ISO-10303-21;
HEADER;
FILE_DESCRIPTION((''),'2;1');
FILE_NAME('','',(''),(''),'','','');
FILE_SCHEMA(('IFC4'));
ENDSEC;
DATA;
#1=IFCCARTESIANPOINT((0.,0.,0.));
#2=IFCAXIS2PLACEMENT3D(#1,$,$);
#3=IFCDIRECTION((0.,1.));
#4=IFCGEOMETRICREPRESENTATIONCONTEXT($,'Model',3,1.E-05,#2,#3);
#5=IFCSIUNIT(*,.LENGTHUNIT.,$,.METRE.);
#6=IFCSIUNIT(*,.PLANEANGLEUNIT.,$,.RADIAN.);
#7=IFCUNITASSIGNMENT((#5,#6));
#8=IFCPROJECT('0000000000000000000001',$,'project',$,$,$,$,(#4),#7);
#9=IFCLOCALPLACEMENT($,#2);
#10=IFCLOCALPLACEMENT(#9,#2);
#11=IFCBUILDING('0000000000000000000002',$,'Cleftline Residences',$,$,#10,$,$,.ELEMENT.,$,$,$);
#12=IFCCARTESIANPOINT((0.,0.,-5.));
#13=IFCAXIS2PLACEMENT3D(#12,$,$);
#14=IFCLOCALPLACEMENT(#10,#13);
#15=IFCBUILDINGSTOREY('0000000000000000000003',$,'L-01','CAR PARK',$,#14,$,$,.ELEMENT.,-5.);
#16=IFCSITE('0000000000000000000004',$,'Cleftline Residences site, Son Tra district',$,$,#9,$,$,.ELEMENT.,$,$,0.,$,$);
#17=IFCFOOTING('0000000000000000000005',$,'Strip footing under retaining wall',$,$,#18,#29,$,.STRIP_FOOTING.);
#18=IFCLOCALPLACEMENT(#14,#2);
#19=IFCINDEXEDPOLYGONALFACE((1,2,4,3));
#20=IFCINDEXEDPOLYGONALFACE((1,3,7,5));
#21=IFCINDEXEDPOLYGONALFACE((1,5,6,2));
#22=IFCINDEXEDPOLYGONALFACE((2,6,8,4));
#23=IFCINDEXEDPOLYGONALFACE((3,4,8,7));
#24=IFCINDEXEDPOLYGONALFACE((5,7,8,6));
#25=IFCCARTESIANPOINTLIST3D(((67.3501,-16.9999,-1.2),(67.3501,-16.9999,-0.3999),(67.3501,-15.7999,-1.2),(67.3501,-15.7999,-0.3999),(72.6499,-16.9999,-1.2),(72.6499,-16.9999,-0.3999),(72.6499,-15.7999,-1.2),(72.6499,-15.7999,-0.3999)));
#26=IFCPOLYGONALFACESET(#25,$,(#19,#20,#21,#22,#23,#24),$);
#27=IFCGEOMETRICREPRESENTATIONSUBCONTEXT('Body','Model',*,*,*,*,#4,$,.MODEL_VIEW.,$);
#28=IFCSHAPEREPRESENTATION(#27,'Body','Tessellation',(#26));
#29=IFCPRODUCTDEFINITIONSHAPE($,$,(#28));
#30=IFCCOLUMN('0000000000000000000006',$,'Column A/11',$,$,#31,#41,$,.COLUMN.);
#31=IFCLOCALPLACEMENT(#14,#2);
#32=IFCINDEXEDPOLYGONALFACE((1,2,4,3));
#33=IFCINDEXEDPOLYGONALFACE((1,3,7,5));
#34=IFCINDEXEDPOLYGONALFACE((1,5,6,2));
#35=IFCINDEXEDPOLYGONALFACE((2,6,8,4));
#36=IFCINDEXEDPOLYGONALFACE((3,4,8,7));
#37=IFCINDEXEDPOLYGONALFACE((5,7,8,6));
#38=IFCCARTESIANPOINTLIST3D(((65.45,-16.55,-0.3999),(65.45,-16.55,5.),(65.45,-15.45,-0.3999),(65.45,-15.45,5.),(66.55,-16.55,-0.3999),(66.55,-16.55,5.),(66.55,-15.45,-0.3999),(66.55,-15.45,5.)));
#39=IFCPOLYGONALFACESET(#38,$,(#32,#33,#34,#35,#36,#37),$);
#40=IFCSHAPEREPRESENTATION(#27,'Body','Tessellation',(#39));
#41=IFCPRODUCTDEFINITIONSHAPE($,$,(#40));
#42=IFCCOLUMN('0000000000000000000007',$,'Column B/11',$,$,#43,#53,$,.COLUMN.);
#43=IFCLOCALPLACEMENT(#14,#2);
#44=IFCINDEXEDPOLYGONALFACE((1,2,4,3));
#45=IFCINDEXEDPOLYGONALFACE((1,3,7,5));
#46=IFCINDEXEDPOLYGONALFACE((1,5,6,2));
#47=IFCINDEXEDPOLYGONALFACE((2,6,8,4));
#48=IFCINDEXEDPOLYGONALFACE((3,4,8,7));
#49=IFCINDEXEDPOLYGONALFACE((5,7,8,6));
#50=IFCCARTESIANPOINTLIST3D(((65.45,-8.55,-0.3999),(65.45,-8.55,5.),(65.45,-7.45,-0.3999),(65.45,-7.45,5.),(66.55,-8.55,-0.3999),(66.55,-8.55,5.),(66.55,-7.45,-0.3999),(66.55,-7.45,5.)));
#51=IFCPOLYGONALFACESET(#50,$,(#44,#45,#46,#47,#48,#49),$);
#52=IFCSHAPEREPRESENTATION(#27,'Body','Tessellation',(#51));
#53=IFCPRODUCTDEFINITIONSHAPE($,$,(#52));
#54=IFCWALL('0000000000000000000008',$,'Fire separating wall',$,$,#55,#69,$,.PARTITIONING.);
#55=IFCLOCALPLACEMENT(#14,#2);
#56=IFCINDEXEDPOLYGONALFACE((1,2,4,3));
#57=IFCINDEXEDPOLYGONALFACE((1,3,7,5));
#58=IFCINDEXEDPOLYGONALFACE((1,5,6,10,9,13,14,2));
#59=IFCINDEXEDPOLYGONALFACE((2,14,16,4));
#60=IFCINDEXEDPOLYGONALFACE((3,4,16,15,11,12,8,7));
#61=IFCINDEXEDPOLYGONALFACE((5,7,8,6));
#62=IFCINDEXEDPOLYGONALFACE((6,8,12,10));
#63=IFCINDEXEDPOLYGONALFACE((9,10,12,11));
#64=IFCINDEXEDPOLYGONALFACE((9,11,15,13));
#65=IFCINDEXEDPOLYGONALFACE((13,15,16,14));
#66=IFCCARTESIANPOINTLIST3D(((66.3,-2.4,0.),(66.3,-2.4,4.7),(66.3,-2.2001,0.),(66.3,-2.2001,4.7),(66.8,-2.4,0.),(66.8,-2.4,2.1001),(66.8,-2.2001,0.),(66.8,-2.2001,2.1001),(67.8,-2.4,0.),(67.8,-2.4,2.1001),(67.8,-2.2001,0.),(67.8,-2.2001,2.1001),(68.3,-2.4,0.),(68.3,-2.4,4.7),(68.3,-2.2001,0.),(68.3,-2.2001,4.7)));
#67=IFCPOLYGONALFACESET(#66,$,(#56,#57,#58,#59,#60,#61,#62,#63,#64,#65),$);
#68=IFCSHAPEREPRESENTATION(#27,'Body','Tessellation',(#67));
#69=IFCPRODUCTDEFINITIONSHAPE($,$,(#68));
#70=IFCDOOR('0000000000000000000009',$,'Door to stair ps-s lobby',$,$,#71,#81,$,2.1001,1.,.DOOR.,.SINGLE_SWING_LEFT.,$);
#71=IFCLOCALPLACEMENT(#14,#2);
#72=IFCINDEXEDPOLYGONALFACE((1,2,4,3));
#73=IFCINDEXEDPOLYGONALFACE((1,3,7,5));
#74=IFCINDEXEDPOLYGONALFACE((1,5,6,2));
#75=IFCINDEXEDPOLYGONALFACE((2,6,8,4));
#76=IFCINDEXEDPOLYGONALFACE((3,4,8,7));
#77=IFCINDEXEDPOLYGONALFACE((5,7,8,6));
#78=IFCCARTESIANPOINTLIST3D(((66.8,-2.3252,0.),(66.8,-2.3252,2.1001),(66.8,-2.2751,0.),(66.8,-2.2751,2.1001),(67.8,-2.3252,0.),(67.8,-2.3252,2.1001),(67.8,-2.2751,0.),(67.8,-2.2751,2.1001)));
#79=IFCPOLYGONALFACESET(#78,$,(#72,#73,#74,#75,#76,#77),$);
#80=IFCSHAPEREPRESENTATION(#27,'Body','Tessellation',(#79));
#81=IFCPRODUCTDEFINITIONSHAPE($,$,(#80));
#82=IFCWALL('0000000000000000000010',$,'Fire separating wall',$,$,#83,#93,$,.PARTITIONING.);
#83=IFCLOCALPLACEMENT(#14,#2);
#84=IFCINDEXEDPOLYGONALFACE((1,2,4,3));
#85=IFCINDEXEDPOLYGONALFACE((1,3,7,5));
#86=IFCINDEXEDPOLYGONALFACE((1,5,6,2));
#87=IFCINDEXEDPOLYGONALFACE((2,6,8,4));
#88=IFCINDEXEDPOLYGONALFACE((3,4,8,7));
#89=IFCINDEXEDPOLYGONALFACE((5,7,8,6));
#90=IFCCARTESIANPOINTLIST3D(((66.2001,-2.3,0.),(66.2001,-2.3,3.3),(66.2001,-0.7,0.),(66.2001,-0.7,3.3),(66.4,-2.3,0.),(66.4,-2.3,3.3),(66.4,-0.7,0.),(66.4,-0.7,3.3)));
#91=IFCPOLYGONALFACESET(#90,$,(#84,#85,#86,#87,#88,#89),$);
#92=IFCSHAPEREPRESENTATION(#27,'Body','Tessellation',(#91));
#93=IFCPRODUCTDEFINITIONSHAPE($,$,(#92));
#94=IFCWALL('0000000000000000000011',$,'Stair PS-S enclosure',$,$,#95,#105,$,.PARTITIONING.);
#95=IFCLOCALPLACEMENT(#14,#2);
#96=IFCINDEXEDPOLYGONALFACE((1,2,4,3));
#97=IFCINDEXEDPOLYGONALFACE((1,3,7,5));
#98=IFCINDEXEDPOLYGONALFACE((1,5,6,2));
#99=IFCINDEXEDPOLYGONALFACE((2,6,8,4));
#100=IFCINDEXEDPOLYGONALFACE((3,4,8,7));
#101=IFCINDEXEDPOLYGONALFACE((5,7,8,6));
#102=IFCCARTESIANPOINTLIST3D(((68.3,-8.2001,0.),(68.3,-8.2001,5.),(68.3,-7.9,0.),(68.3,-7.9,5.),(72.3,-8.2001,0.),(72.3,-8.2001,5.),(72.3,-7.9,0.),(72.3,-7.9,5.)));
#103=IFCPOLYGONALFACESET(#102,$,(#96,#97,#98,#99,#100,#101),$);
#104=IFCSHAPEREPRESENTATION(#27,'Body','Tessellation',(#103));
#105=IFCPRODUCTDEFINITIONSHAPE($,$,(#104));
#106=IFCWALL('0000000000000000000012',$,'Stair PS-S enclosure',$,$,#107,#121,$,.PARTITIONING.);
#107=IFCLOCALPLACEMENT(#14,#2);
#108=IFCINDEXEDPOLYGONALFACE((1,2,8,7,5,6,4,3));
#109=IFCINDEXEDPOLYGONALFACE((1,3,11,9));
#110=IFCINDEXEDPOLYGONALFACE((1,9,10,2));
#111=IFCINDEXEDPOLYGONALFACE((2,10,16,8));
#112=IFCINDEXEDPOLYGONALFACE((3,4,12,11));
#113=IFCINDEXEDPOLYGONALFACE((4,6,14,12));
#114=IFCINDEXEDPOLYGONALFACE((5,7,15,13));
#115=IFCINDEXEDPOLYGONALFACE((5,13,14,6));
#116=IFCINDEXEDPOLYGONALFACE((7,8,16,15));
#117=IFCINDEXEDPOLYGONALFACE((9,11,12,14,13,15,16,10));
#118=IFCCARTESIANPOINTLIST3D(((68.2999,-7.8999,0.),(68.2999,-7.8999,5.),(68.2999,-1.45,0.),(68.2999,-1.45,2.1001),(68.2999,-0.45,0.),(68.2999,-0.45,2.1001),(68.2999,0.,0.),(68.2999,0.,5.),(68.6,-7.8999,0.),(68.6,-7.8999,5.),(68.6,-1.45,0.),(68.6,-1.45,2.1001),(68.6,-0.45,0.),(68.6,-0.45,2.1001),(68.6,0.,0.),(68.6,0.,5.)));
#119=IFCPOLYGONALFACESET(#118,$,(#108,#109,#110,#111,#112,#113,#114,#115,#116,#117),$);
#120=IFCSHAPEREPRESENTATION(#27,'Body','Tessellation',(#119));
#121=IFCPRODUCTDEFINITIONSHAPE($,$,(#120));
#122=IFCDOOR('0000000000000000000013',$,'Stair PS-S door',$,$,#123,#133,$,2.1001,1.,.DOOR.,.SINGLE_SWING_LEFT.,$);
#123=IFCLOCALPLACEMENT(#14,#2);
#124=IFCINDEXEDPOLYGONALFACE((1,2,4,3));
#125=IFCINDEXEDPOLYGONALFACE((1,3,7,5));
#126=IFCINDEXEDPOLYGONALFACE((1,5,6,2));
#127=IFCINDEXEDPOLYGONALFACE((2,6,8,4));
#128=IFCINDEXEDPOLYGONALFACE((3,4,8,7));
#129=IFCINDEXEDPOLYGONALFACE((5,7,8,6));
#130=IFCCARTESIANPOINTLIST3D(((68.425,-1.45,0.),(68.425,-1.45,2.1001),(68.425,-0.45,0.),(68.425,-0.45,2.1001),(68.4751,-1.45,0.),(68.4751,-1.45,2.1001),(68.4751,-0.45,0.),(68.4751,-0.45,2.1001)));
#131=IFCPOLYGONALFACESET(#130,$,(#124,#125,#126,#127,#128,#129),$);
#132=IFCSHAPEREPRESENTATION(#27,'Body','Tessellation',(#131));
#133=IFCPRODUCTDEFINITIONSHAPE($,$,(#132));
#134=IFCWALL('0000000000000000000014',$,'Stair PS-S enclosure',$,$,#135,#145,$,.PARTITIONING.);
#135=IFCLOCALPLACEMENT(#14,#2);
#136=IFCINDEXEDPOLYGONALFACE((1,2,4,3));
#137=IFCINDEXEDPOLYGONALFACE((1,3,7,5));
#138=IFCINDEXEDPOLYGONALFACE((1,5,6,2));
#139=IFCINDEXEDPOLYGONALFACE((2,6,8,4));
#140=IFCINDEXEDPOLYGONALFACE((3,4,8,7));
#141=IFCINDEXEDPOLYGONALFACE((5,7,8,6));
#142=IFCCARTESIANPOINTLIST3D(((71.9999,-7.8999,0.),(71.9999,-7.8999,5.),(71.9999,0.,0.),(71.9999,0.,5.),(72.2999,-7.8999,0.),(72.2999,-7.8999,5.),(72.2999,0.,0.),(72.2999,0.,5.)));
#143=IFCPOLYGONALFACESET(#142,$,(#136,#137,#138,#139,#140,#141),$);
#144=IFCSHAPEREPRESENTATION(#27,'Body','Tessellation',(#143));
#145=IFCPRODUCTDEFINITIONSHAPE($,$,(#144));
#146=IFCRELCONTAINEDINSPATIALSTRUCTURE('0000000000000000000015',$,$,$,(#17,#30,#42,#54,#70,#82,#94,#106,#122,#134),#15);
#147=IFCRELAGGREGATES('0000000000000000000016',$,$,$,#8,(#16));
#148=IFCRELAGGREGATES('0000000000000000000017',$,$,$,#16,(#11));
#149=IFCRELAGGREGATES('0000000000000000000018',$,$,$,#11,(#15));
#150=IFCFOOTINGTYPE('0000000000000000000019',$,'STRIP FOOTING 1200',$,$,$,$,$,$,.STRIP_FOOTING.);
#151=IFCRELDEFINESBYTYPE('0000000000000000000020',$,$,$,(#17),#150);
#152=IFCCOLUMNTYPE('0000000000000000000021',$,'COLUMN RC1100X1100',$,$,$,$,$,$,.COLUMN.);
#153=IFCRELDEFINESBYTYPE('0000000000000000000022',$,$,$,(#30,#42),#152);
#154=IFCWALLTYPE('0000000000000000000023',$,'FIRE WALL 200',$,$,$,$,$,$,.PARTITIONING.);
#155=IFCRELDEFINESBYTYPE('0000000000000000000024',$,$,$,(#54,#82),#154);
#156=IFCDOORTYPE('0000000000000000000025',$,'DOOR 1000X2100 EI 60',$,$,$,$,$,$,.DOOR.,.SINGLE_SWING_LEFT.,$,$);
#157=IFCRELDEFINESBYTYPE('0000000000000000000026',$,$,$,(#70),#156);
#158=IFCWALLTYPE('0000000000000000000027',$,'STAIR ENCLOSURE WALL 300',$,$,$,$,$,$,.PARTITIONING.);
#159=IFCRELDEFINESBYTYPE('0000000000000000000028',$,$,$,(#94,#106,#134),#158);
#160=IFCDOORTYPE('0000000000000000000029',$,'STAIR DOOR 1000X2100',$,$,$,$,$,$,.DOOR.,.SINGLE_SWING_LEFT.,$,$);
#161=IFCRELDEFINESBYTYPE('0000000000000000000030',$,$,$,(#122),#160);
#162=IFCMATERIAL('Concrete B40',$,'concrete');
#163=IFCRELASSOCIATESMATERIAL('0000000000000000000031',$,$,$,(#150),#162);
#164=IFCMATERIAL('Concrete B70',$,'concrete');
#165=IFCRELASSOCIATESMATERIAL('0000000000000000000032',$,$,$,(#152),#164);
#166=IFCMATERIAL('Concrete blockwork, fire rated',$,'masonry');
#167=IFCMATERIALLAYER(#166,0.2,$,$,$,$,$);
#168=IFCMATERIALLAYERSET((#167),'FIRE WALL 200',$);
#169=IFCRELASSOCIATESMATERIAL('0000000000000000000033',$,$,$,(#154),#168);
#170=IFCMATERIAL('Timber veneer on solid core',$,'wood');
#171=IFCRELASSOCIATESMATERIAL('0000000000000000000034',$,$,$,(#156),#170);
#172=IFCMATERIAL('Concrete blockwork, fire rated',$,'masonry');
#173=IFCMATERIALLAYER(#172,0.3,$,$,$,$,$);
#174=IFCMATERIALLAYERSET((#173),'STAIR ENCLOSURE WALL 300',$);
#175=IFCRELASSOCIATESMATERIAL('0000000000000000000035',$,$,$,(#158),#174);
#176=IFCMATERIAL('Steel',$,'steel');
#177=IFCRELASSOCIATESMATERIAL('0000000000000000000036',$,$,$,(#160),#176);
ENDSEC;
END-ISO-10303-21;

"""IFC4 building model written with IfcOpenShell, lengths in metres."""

from ifc_helpers import new_model, si_unit, direction, frame, frame_2d, origin, origin_2d, place, context, subcontext, project, spatial, rectangle, extrude, material, layer, layer_set, material_profile, profile_set, type_object, element, fill, save


model = new_model("IFC4")

# Units and contexts
model_context = context("Model", 3, precision=1e-05, world=origin(), true_north=direction((0.0, 1.0)))
body_context = subcontext(model_context, "Body", "Model", "MODEL_VIEW")
ifc_project = project(units=[si_unit("LENGTHUNIT", "METRE"), si_unit("PLANEANGLEUNIT", "RADIAN")], contexts=[model_context])

# Site, building, storey
site_placement = place(None, origin())
site = spatial("IfcSite", under=ifc_project, at=site_placement, Name="Cleftline Residences site, Son Tra district", CompositionType="ELEMENT", RefElevation=0.0)
building_placement = place(site_placement, origin())
building = spatial("IfcBuilding", under=site, at=building_placement, Name="Cleftline Residences", CompositionType="ELEMENT")
storey_placement = place(building_placement, frame((0.0, 0.0, -5.0)))
storey = spatial("IfcBuildingStorey", under=building, at=storey_placement, Name="L-01", Description="CAR PARK", CompositionType="ELEMENT", Elevation=-5.0)

# Footing
ifc_material_1 = material(Name="Concrete B40", Category="concrete")
footing_type_1 = type_object("IfcFootingType", Name="STRIP FOOTING 1200", PredefinedType="STRIP_FOOTING", material=ifc_material_1)
for number, where, z_axis, x_axis, name in (
    (1, (67.3501, -16.3999, -1.2), (0.0, 0.0, 1.0), (1.0, 0.0, 0.0), "Strip footing under retaining wall"),
):
    element("IfcFooting", number, at=place(storey_placement, frame(where, z_axis=z_axis, x_axis=x_axis)), inside=storey, type_object=footing_type_1, Name=name, PredefinedType="STRIP_FOOTING", context=body_context, shape_type="SweptSolid", body=[
        extrude(rectangle(XDim=5.2998, YDim=1.2, at=frame_2d((2.6499, 0.0))), origin(), (0.0, 0.0, 1.0), 0.8),
    ])

# Columns
ifc_material_2 = material(Name="Concrete B70", Category="concrete")
ifc_material_profile_1 = material_profile(ifc_material_2, rectangle(XDim=1.1001, YDim=1.1001, at=origin_2d()))
ifc_profile_set_1 = profile_set([ifc_material_profile_1], Name="Concrete B70")
column_type = type_object("IfcColumnType", Name="COLUMN RC1100X1100", PredefinedType="COLUMN", material=ifc_profile_set_1)
for number, where, z_axis, x_axis, name in (
    (2, (66.0, -16.0, -0.3999), (0.0, 0.0, 1.0), (1.0, 0.0, 0.0), "Column A/11"),
    (3, (66.0, -8.0, -0.3999), (0.0, 0.0, 1.0), (1.0, 0.0, 0.0), "Column B/11"),
):
    element("IfcColumn", number, at=place(storey_placement, frame(where, z_axis=z_axis, x_axis=x_axis)), inside=storey, type_object=column_type, Name=name, PredefinedType="COLUMN", context=body_context, shape_type="SweptSolid", body=[
        extrude(rectangle(XDim=1.1001, YDim=1.1001, at=origin_2d()), origin(), (0.0, 0.0, 1.0), 5.3999),
    ])

# Wall, opening, door
ifc_material_3 = material(Name="Concrete blockwork, fire rated", Category="masonry")
ifc_layer_1 = layer(ifc_material_3, 0.2)
ifc_layer_set_1 = layer_set([ifc_layer_1], Name="FIRE WALL 200")
wall_type_1 = type_object("IfcWallType", Name="FIRE WALL 200", PredefinedType="PARTITIONING", material=ifc_layer_set_1)
wall_1_placement = place(storey_placement, frame((66.3, -2.3, 0.0), z_axis=(0.0, 0.0, 1.0), x_axis=(1.0, 0.0, 0.0)))
wall_1 = element("IfcWall", 4, at=wall_1_placement, inside=storey, type_object=wall_type_1, Name="Fire separating wall", PredefinedType="PARTITIONING", context=body_context, shape_type="SweptSolid", body=[
    extrude(rectangle(XDim=2.0, YDim=0.2, at=frame_2d((1.0, 0.0))), origin(), (0.0, 0.0, 1.0), 4.7),
])
opening_1_placement = place(wall_1_placement, frame((0.5, 0.0, 0.0)))
opening_1 = element("IfcOpeningElement", 5, at=opening_1_placement, cuts=wall_1, PredefinedType="OPENING", context=body_context, shape_type="SweptSolid", body=[
    extrude(rectangle(XDim=1.0, YDim=2.1001, at=frame_2d((0.5, 1.05))), frame((0.0, 0.1099, 0.0), z_axis=(0.0, -1.0, 0.0), x_axis=(1.0, 0.0, 0.0)), (0.0, 0.0, 1.0), 0.22),
])
ifc_material_4 = material(Name="Timber veneer on solid core", Category="wood")
door_type_1 = type_object("IfcDoorType", Name="DOOR 1000X2100 EI 60", OperationType="SINGLE_SWING_LEFT", PredefinedType="DOOR", material=ifc_material_4)
door_1_placement = place(opening_1_placement, origin())
door_1 = element("IfcDoor", 6, at=door_1_placement, inside=storey, type_object=door_type_1, Name="Door to stair ps-s lobby", OperationType="SINGLE_SWING_LEFT", OverallHeight=2.1001, OverallWidth=1.0, PredefinedType="DOOR", context=body_context, shape_type="SweptSolid", body=[
    extrude(rectangle(XDim=1.0, YDim=2.1001, at=frame_2d((0.5, 1.05))), frame((0.0, 0.0249, 0.0), z_axis=(0.0, -1.0, 0.0), x_axis=(1.0, 0.0, 0.0)), (0.0, 0.0, 1.0), 0.05),
])
fill(opening_1, door_1)

# Walls
wall_2_placement = place(storey_placement, frame((66.3, -2.3, 0.0), z_axis=(0.0, 0.0, 1.0), x_axis=(0.0, 1.0, 0.0)))
element("IfcWall", 7, at=wall_2_placement, inside=storey, type_object=wall_type_1, Name="Fire separating wall", PredefinedType="PARTITIONING", context=body_context, shape_type="SweptSolid", body=[
    extrude(rectangle(XDim=1.6001, YDim=0.2, at=frame_2d((0.8, 0.0))), origin(), (0.0, 0.0, 1.0), 3.3),
])
ifc_material_5 = material(Name="Concrete blockwork, fire rated", Category="masonry")
ifc_layer_2 = layer(ifc_material_5, 0.3)
ifc_layer_set_2 = layer_set([ifc_layer_2], Name="STAIR ENCLOSURE WALL 300")
wall_type_2 = type_object("IfcWallType", Name="STAIR ENCLOSURE WALL 300", PredefinedType="PARTITIONING", material=ifc_layer_set_2)
wall_3_placement = place(storey_placement, frame((68.3, -8.05, 0.0), z_axis=(0.0, 0.0, 1.0), x_axis=(1.0, 0.0, 0.0)))
element("IfcWall", 8, at=wall_3_placement, inside=storey, type_object=wall_type_2, Name="Stair PS-S enclosure", PredefinedType="PARTITIONING", context=body_context, shape_type="SweptSolid", body=[
    extrude(rectangle(XDim=4.0, YDim=0.3, at=frame_2d((2.0, 0.0))), origin(), (0.0, 0.0, 1.0), 5.0),
])

# Wall, opening, door
wall_4_placement = place(storey_placement, frame((68.45, -7.8999, 0.0), z_axis=(0.0, 0.0, 1.0), x_axis=(0.0, 1.0, 0.0)))
wall_4 = element("IfcWall", 9, at=wall_4_placement, inside=storey, type_object=wall_type_2, Name="Stair PS-S enclosure", PredefinedType="PARTITIONING", context=body_context, shape_type="SweptSolid", body=[
    extrude(rectangle(XDim=7.8999, YDim=0.3, at=frame_2d((3.95, 0.0))), origin(), (0.0, 0.0, 1.0), 5.0),
])
opening_2_placement = place(wall_4_placement, frame((6.45, 0.0, 0.0)))
opening_2 = element("IfcOpeningElement", 10, at=opening_2_placement, cuts=wall_4, PredefinedType="OPENING", context=body_context, shape_type="SweptSolid", body=[
    extrude(rectangle(XDim=1.0, YDim=2.1001, at=frame_2d((0.5, 1.05))), frame((0.0, 0.1599, 0.0), z_axis=(0.0, -1.0, 0.0), x_axis=(1.0, 0.0, 0.0)), (0.0, 0.0, 1.0), 0.3201),
])
ifc_material_6 = material(Name="Steel", Category="steel")
door_type_2 = type_object("IfcDoorType", Name="STAIR DOOR 1000X2100", OperationType="SINGLE_SWING_LEFT", PredefinedType="DOOR", material=ifc_material_6)
door_2_placement = place(opening_2_placement, origin())
door_2 = element("IfcDoor", 11, at=door_2_placement, inside=storey, type_object=door_type_2, Name="Stair PS-S door", OperationType="SINGLE_SWING_LEFT", OverallHeight=2.1001, OverallWidth=1.0, PredefinedType="DOOR", context=body_context, shape_type="SweptSolid", body=[
    extrude(rectangle(XDim=1.0, YDim=2.1001, at=frame_2d((0.5, 1.05))), frame((0.0, 0.0249, 0.0), z_axis=(0.0, -1.0, 0.0), x_axis=(1.0, 0.0, 0.0)), (0.0, 0.0, 1.0), 0.05),
])
fill(opening_2, door_2)

# Wall
wall_5_placement = place(storey_placement, frame((72.1499, -7.8999, 0.0), z_axis=(0.0, 0.0, 1.0), x_axis=(0.0, 1.0, 0.0)))
element("IfcWall", 12, at=wall_5_placement, inside=storey, type_object=wall_type_2, Name="Stair PS-S enclosure", PredefinedType="PARTITIONING", context=body_context, shape_type="SweptSolid", body=[
    extrude(rectangle(XDim=7.8999, YDim=0.3, at=frame_2d((3.95, 0.0))), origin(), (0.0, 0.0, 1.0), 5.0),
])

save(model, "model.ifc")
